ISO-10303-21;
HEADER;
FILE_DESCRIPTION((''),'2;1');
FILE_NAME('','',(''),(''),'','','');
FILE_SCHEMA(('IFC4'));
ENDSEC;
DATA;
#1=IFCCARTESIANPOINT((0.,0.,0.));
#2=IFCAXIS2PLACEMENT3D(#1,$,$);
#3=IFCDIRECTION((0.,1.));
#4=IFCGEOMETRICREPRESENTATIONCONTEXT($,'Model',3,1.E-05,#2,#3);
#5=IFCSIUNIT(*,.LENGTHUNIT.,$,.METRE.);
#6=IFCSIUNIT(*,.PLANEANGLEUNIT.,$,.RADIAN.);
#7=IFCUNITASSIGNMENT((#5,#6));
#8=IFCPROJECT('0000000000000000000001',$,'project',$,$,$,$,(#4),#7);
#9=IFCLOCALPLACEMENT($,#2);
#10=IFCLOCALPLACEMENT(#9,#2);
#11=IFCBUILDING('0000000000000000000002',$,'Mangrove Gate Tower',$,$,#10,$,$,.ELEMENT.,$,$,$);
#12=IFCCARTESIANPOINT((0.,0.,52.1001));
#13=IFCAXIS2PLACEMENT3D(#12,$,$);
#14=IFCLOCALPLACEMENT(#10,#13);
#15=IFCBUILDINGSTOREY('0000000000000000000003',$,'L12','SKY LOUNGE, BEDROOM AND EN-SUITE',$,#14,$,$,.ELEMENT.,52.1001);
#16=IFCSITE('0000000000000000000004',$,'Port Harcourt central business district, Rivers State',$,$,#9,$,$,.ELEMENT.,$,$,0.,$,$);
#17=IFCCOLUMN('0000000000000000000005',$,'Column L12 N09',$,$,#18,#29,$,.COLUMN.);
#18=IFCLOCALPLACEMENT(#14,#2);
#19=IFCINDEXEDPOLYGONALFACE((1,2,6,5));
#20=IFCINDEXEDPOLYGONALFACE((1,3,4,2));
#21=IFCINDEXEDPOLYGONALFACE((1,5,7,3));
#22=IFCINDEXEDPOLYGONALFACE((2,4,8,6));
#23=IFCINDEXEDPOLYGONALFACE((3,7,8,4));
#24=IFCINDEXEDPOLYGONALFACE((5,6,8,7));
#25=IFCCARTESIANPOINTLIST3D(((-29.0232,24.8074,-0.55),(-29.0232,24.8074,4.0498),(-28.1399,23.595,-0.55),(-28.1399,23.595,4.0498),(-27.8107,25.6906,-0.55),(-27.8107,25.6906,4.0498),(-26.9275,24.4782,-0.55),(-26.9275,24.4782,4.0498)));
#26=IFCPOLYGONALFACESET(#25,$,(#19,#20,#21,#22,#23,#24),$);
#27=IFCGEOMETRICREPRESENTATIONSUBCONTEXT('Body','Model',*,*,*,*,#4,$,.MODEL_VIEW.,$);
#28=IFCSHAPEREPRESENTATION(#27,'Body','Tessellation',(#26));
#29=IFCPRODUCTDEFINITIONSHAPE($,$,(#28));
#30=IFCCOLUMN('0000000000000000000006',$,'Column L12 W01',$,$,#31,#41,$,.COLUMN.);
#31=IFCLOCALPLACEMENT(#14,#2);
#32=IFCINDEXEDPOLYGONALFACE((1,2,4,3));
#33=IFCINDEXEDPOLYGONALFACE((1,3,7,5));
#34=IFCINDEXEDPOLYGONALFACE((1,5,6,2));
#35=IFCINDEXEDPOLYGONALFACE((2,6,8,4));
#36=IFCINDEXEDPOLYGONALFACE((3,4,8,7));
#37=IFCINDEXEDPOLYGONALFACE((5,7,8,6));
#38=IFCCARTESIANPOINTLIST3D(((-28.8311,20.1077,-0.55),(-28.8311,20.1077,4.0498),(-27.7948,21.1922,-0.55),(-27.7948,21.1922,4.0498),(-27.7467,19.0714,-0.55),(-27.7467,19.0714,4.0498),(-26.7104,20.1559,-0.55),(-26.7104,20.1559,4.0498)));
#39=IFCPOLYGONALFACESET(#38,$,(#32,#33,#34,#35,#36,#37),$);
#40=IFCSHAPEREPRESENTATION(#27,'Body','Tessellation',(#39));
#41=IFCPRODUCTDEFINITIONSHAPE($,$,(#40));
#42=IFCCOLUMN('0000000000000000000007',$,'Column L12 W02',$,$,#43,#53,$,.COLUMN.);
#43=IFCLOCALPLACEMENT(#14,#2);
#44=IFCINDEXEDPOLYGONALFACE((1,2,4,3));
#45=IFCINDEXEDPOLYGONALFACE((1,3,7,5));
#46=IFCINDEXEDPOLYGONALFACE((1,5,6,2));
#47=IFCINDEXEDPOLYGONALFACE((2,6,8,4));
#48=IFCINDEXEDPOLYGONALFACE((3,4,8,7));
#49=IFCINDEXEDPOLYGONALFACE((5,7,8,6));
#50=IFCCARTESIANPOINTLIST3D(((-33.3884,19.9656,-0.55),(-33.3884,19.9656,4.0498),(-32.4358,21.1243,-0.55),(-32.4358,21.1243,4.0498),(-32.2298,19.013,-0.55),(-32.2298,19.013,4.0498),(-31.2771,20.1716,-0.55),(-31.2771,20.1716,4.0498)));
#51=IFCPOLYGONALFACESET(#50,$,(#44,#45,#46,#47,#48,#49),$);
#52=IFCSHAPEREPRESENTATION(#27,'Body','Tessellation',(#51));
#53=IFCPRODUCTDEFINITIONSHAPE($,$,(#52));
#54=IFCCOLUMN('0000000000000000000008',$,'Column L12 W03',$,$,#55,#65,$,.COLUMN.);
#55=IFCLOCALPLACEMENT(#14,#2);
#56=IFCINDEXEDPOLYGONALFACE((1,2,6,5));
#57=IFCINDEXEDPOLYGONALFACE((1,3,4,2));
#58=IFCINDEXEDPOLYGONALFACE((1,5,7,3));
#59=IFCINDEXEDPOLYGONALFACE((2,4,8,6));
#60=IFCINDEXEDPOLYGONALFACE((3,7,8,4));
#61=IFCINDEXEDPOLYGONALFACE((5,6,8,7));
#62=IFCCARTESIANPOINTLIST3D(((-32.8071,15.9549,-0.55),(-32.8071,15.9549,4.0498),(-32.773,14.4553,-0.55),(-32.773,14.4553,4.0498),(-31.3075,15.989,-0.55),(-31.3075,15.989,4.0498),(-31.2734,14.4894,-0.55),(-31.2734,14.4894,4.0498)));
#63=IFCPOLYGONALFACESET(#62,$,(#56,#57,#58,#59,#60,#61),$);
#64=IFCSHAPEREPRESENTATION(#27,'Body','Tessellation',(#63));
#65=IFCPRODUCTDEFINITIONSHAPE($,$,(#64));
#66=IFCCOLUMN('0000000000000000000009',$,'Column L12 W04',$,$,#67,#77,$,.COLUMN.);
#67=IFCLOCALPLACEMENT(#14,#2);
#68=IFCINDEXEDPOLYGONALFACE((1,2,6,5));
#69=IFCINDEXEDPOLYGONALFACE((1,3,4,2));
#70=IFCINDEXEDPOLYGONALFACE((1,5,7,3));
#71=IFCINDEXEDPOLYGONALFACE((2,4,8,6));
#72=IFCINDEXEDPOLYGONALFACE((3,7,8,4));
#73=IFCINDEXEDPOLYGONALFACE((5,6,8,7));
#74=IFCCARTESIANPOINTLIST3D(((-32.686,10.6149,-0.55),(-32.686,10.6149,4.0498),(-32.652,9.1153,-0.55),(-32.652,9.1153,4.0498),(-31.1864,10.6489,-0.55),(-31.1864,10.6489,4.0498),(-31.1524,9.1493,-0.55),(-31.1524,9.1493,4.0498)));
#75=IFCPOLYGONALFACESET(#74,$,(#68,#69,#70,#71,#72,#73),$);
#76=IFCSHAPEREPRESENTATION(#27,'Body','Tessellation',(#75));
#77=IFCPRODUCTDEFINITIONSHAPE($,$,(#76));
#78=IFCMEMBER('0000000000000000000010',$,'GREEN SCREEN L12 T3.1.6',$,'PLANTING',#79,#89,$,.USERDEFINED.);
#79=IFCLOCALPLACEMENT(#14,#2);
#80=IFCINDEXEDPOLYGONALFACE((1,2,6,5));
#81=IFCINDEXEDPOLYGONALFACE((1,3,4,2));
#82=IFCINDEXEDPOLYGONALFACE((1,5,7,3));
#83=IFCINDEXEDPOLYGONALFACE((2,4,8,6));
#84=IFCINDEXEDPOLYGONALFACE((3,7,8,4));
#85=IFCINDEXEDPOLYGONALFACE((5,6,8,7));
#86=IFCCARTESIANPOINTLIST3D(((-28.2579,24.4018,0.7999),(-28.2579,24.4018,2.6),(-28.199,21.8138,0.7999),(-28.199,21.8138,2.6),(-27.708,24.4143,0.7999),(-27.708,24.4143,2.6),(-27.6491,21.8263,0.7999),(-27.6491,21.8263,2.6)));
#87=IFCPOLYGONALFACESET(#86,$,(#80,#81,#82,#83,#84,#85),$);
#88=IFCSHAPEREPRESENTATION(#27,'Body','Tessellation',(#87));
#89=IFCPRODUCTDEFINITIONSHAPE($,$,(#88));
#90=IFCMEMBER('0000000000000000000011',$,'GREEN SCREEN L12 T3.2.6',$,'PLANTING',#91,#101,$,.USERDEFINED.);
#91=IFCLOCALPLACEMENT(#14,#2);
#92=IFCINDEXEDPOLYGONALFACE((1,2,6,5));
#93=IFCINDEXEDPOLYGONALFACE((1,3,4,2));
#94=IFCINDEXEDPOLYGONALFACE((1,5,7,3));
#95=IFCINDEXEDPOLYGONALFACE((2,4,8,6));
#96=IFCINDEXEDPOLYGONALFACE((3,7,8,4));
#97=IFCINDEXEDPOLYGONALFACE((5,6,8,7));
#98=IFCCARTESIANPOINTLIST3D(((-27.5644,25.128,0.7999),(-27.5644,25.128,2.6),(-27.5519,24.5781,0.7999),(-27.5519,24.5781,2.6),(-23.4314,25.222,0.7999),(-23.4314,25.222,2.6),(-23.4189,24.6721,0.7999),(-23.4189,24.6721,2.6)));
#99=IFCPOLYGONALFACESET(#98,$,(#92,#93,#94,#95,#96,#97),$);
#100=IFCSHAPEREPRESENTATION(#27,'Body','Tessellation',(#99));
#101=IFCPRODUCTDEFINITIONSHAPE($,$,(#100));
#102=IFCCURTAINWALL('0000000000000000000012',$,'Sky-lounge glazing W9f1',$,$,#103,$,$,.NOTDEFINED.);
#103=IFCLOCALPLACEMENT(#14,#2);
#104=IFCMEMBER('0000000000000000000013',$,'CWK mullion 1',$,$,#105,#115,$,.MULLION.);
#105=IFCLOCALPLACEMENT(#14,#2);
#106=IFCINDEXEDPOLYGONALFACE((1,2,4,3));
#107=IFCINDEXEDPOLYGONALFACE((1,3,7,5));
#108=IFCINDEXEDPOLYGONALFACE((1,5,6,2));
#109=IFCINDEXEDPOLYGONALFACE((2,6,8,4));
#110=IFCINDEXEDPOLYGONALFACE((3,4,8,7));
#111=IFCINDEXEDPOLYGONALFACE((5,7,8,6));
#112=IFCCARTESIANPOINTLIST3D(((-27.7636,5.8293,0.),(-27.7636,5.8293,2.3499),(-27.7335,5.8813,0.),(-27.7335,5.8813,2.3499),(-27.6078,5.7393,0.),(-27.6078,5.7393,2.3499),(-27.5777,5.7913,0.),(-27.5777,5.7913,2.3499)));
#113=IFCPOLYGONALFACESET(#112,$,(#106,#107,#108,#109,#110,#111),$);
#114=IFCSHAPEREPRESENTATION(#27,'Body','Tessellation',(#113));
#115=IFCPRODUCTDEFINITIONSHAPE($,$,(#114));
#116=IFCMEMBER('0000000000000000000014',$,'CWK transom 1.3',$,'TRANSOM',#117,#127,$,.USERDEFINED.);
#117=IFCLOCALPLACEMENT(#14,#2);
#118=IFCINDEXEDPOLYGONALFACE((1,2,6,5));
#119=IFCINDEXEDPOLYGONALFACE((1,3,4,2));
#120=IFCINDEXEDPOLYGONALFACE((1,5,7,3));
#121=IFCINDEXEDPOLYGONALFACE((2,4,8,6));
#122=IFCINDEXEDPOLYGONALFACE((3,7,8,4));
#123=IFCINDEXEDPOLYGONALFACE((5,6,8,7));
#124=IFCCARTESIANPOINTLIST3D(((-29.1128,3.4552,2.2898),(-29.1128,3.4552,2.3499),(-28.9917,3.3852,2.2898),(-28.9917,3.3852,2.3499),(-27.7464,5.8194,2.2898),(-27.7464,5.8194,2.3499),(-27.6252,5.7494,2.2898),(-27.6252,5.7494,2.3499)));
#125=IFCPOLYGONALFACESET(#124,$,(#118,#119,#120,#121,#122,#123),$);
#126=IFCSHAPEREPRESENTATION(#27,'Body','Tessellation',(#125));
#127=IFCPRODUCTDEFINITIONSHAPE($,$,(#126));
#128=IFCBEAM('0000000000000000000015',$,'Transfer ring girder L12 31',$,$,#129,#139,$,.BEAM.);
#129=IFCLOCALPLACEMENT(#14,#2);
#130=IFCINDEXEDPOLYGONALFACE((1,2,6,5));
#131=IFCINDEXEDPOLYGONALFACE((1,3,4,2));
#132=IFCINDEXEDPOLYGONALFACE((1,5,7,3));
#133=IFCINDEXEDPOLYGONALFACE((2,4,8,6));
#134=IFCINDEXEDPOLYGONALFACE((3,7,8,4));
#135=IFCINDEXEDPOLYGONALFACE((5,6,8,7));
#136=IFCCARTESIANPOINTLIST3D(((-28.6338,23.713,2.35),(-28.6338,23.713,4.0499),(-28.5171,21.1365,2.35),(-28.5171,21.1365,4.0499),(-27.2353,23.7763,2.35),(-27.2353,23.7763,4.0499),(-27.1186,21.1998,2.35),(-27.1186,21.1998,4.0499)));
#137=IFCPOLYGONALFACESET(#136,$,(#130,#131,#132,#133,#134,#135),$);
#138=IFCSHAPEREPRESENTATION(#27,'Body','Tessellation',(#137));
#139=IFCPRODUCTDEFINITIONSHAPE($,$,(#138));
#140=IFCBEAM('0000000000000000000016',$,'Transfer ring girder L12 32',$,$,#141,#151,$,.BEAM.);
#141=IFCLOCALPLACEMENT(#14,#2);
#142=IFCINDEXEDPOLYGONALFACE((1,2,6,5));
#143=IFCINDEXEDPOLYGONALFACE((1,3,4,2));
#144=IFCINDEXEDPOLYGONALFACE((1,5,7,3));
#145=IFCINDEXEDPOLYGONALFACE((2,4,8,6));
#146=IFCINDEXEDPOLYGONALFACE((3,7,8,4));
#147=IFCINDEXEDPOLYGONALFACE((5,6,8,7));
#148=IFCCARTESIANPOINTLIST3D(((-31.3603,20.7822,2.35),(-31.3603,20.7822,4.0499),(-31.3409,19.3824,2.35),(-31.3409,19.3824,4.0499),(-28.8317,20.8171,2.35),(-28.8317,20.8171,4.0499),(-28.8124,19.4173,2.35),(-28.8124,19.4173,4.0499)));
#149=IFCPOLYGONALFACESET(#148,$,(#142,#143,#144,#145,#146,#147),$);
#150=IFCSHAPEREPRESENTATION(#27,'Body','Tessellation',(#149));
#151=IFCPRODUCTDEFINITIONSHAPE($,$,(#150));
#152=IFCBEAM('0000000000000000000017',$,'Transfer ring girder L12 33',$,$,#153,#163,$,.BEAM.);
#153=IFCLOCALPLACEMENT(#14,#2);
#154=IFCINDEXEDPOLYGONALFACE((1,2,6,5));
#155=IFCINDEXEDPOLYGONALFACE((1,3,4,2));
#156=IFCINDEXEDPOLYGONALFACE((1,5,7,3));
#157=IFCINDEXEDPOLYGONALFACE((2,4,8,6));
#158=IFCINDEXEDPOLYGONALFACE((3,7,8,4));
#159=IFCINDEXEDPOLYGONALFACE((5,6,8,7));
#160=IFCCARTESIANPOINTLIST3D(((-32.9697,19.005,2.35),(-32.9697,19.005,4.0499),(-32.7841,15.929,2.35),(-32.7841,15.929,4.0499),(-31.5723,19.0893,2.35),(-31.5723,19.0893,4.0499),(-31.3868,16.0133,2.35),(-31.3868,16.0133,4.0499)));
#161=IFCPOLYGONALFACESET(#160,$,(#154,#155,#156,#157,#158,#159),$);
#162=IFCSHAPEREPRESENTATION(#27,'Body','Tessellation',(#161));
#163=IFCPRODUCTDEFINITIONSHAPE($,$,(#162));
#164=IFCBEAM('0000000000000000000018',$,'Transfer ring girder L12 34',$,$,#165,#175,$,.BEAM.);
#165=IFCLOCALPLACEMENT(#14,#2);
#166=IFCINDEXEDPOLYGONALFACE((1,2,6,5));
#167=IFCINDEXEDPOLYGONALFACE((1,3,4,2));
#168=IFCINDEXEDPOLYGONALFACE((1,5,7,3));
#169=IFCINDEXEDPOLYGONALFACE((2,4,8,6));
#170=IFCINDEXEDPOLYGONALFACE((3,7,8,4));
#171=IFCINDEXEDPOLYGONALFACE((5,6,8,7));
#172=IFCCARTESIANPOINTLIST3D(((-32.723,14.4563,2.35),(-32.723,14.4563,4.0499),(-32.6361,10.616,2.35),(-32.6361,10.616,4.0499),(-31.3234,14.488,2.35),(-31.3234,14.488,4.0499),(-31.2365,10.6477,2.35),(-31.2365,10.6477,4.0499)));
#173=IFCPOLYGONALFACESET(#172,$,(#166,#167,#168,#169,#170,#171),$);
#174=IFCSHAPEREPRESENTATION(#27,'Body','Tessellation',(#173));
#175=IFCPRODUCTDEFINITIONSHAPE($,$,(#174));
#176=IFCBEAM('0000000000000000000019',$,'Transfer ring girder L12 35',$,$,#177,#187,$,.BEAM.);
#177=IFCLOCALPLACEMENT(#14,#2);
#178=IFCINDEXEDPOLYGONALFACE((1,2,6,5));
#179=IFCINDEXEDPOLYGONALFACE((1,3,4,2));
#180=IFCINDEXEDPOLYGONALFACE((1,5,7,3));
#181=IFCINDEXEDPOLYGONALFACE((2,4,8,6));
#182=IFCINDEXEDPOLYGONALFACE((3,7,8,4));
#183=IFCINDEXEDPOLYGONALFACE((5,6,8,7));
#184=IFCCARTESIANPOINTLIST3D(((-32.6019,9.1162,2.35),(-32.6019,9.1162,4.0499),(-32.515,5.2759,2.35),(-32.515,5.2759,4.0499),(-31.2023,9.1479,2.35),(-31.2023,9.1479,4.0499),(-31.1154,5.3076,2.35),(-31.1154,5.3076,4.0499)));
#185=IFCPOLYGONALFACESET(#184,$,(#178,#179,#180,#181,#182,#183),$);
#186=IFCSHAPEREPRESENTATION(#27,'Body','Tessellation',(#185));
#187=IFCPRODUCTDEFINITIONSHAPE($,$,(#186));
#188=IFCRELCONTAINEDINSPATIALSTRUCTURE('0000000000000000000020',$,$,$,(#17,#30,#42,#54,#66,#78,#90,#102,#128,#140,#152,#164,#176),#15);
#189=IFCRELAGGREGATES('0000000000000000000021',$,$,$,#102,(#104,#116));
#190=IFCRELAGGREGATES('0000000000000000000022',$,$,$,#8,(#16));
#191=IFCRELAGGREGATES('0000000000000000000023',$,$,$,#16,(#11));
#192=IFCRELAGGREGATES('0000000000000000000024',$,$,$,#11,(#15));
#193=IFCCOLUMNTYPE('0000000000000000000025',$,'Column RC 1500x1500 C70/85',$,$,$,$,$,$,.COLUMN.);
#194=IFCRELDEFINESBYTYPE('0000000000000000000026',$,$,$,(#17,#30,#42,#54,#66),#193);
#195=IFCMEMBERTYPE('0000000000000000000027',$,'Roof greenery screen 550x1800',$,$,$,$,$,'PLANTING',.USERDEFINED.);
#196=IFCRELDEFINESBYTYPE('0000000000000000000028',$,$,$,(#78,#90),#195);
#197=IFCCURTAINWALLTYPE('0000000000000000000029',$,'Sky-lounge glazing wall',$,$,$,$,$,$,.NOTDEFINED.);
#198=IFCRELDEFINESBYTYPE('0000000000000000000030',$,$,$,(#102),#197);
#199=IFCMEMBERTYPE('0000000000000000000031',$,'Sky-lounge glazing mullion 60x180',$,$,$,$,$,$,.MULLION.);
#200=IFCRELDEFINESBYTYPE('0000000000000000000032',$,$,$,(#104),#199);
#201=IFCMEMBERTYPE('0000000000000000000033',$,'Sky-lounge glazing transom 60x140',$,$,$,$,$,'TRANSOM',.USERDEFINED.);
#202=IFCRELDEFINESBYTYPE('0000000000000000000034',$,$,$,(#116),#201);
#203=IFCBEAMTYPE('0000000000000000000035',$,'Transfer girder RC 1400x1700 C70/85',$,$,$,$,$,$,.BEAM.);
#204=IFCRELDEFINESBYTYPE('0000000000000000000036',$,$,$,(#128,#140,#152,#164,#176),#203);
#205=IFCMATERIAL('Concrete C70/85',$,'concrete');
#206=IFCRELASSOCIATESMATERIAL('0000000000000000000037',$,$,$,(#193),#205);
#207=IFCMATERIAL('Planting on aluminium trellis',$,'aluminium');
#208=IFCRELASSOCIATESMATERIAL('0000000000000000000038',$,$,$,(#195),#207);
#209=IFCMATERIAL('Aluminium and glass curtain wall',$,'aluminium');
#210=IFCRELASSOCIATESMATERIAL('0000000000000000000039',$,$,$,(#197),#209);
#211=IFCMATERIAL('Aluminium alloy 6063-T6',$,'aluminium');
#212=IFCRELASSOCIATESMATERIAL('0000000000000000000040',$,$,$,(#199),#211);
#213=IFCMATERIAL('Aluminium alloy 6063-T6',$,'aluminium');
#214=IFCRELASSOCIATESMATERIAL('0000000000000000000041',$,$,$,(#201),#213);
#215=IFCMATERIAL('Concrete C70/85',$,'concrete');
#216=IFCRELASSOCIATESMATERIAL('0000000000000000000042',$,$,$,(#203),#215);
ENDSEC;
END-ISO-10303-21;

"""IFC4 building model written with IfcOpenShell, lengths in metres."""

from ifc_helpers import new_model, si_unit, direction, frame, origin, origin_2d, place, context, subcontext, project, spatial, rectangle, extrude, material, material_profile, profile_set, type_object, element, aggregate, save


model = new_model("IFC4")

# Units and contexts
model_context = context("Model", 3, precision=1e-05, world=origin(), true_north=direction((0.0, 1.0)))
body_context = subcontext(model_context, "Body", "Model", "MODEL_VIEW")
ifc_project = project(units=[si_unit("LENGTHUNIT", "METRE"), si_unit("PLANEANGLEUNIT", "RADIAN")], contexts=[model_context])

# Site, building, storey
site_placement = place(None, origin())
site = spatial("IfcSite", under=ifc_project, at=site_placement, Name="Port Harcourt central business district, Rivers State", CompositionType="ELEMENT", RefElevation=0.0)
building_placement = place(site_placement, origin())
building = spatial("IfcBuilding", under=site, at=building_placement, Name="Mangrove Gate Tower", CompositionType="ELEMENT")
storey_placement = place(building_placement, frame((0.0, 0.0, 52.1001)))
storey = spatial("IfcBuildingStorey", under=building, at=storey_placement, Name="L12", Description="SKY LOUNGE, BEDROOM AND EN-SUITE", CompositionType="ELEMENT", Elevation=52.1001)

# Columns
ifc_material_1 = material(Name="Concrete C70/85", Category="concrete")
ifc_material_profile_1 = material_profile(ifc_material_1, rectangle(XDim=1.5, YDim=1.5, at=origin_2d()))
ifc_profile_set_1 = profile_set([ifc_material_profile_1], Name="Concrete C70/85")
column_type = type_object("IfcColumnType", Name="Column RC 1500x1500 C70/85", PredefinedType="COLUMN", material=ifc_profile_set_1)
for number, where, z_axis, x_axis, name in (
    (1, (-27.9753, 24.6428, -0.55), (0.0, 0.0, 1.0), (-0.808269, -0.588813, 0.0), "Column L12 N09"),
    (2, (-27.7708, 20.1318, -0.55), (0.0, 0.0, 1.0), (-0.690863, -0.722986, 0.0), "Column L12 W01"),
    (3, (-32.3328, 20.0686, -0.55), (0.0, 0.0, 1.0), (-0.635105, -0.772425, 0.0), "Column L12 W02"),
    (4, (-32.0403, 15.2222, -0.55), (0.0, 0.0, 1.0), (0.022747, -0.999741, 0.0), "Column L12 W03"),
    (5, (-31.9192, 9.8821, -0.55), (0.0, 0.0, 1.0), (0.022653, -0.999743, 0.0), "Column L12 W04"),
):
    element("IfcColumn", number, at=place(storey_placement, frame(where, z_axis=z_axis, x_axis=x_axis)), inside=storey, type_object=column_type, Name=name, PredefinedType="COLUMN", context=body_context, shape_type="SweptSolid", body=[
        extrude(rectangle(XDim=1.5, YDim=1.5, at=origin_2d()), origin(), (0.0, 0.0, 1.0), 4.5999),
    ])

# Members
ifc_material_2 = material(Name="Planting on aluminium trellis", Category="aluminium")
ifc_material_profile_2 = material_profile(ifc_material_2, rectangle(XDim=0.55, YDim=1.8, at=origin_2d()))
ifc_profile_set_2 = profile_set([ifc_material_profile_2], Name="Planting on aluminium trellis")
member_type_1 = type_object("IfcMemberType", Name="Roof greenery screen 550x1800", ElementType="PLANTING", PredefinedType="USERDEFINED", material=ifc_profile_set_2)
member_1_placement = place(storey_placement, frame((-27.9241, 21.8201, 1.7), z_axis=(-0.02273, 0.999742, 0.0), x_axis=(-0.999742, -0.02273, 0.0)))
element("IfcMember", 6, at=member_1_placement, inside=storey, type_object=member_type_1, Name="GREEN SCREEN L12 T3.1.6", ObjectType="PLANTING", PredefinedType="USERDEFINED", context=body_context, shape_type="SweptSolid", body=[
    extrude(rectangle(XDim=0.55, YDim=1.8, at=origin_2d()), origin(), (0.0, 0.0, 1.0), 2.5886),
])
member_2_placement = place(storey_placement, frame((-27.5581, 24.853, 1.7), z_axis=(0.999742, 0.022736, 0.0), x_axis=(-0.022736, 0.999742, 0.0)))
element("IfcMember", 7, at=member_2_placement, inside=storey, type_object=member_type_1, Name="GREEN SCREEN L12 T3.2.6", ObjectType="PLANTING", PredefinedType="USERDEFINED", context=body_context, shape_type="SweptSolid", body=[
    extrude(rectangle(XDim=0.55, YDim=1.8, at=origin_2d()), origin(), (0.0, 0.0, 1.0), 4.134),
])

# Curtain wall, members
ifc_material_3 = material(Name="Aluminium and glass curtain wall", Category="aluminium")
curtain_wall_type = type_object("IfcCurtainWallType", Name="Sky-lounge glazing wall", PredefinedType="NOTDEFINED", material=ifc_material_3)
curtain_wall_placement = place(storey_placement, origin())
curtain_wall = element("IfcCurtainWall", 8, at=curtain_wall_placement, inside=storey, type_object=curtain_wall_type, Name="Sky-lounge glazing W9f1", PredefinedType="NOTDEFINED")
ifc_material_4 = material(Name="Aluminium alloy 6063-T6", Category="aluminium")
ifc_material_profile_3 = material_profile(ifc_material_4, rectangle(XDim=0.0601, YDim=0.1799, at=origin_2d()))
ifc_profile_set_3 = profile_set([ifc_material_profile_3], Name="Aluminium alloy 6063-T6")
member_type_2 = type_object("IfcMemberType", Name="Sky-lounge glazing mullion 60x180", PredefinedType="MULLION", material=ifc_profile_set_3)
member_3_placement = place(storey_placement, frame((-27.6707, 5.8103, 0.0), z_axis=(0.0, 0.0, 1.0), x_axis=(-0.500418, -0.865784, 0.0)))
member_3 = element("IfcMember", 9, at=member_3_placement, type_object=member_type_2, Name="CWK mullion 1", PredefinedType="MULLION", context=body_context, shape_type="SweptSolid", body=[
    extrude(rectangle(XDim=0.0601, YDim=0.1799, at=origin_2d()), origin(), (0.0, 0.0, 1.0), 2.3499),
])
ifc_material_5 = material(Name="Aluminium alloy 6063-T6", Category="aluminium")
ifc_material_profile_4 = material_profile(ifc_material_5, rectangle(XDim=0.0601, YDim=0.1399, at=origin_2d()))
ifc_profile_set_4 = profile_set([ifc_material_profile_4], Name="Aluminium alloy 6063-T6")
member_type_3 = type_object("IfcMemberType", Name="Sky-lounge glazing transom 60x140", ElementType="TRANSOM", PredefinedType="USERDEFINED", material=ifc_profile_set_4)
member_4_placement = place(storey_placement, frame((-27.6858, 5.7844, 2.3198), z_axis=(-0.500398, -0.865795, 0.0), x_axis=(0.0, 0.0, 1.0)))
member_4 = element("IfcMember", 10, at=member_4_placement, type_object=member_type_3, Name="CWK transom 1.3", ObjectType="TRANSOM", PredefinedType="USERDEFINED", context=body_context, shape_type="SweptSolid", body=[
    extrude(rectangle(XDim=0.0601, YDim=0.1399, at=origin_2d()), origin(), (0.0, 0.0, 1.0), 2.7307),
])
aggregate(curtain_wall, [member_3, member_4])

# Beams
ifc_material_6 = material(Name="Concrete C70/85", Category="concrete")
ifc_material_profile_5 = material_profile(ifc_material_6, rectangle(XDim=1.3999, YDim=1.7, at=origin_2d()))
ifc_profile_set_5 = profile_set([ifc_material_profile_5], Name="Concrete C70/85")
beam_type = type_object("IfcBeamType", Name="Transfer girder RC 1400x1700 C70/85", PredefinedType="BEAM", material=ifc_profile_set_5)
beam_1_placement = place(storey_placement, frame((-27.9346, 23.7446, 3.2), z_axis=(0.045249, -0.998976, 0.0), x_axis=(0.998976, 0.045249, 0.0)))
element("IfcBeam", 11, at=beam_1_placement, inside=storey, type_object=beam_type, Name="Transfer ring girder L12 31", PredefinedType="BEAM", context=body_context, shape_type="SweptSolid", body=[
    extrude(rectangle(XDim=1.3999, YDim=1.7, at=origin_2d()), origin(), (0.0, 0.0, 1.0), 2.5791),
])
beam_2_placement = place(storey_placement, frame((-28.822, 20.1172, 3.2), z_axis=(-0.999905, -0.013806, 0.0), x_axis=(0.013806, -0.999905, 0.0)))
element("IfcBeam", 12, at=beam_2_placement, inside=storey, type_object=beam_type, Name="Transfer ring girder L12 32", PredefinedType="BEAM", context=body_context, shape_type="SweptSolid", body=[
    extrude(rectangle(XDim=1.3999, YDim=1.7, at=origin_2d()), origin(), (0.0, 0.0, 1.0), 2.5288),
])
beam_3_placement = place(storey_placement, frame((-32.271, 19.0471, 3.2), z_axis=(0.060213, -0.998186, 0.0), x_axis=(0.998186, 0.060213, 0.0)))
element("IfcBeam", 13, at=beam_3_placement, inside=storey, type_object=beam_type, Name="Transfer ring girder L12 33", PredefinedType="BEAM", context=body_context, shape_type="SweptSolid", body=[
    extrude(rectangle(XDim=1.3999, YDim=1.7, at=origin_2d()), origin(), (0.0, 0.0, 1.0), 3.0815),
])
for number, where, z_axis, x_axis, name in (
    (14, (-32.0232, 14.4722, 3.2), (0.022626, -0.999744, 0.0), (0.999744, 0.022626, 0.0), "Transfer ring girder L12 34"),
    (15, (-31.9021, 9.1321, 3.2), (0.022626, -0.999744, 0.0), (0.999744, 0.022626, 0.0), "Transfer ring girder L12 35"),
):
    element("IfcBeam", number, at=place(storey_placement, frame(where, z_axis=z_axis, x_axis=x_axis)), inside=storey, type_object=beam_type, Name=name, PredefinedType="BEAM", context=body_context, shape_type="SweptSolid", body=[
        extrude(rectangle(XDim=1.3999, YDim=1.7, at=origin_2d()), origin(), (0.0, 0.0, 1.0), 3.8413),
    ])

save(model, "model.ifc")
